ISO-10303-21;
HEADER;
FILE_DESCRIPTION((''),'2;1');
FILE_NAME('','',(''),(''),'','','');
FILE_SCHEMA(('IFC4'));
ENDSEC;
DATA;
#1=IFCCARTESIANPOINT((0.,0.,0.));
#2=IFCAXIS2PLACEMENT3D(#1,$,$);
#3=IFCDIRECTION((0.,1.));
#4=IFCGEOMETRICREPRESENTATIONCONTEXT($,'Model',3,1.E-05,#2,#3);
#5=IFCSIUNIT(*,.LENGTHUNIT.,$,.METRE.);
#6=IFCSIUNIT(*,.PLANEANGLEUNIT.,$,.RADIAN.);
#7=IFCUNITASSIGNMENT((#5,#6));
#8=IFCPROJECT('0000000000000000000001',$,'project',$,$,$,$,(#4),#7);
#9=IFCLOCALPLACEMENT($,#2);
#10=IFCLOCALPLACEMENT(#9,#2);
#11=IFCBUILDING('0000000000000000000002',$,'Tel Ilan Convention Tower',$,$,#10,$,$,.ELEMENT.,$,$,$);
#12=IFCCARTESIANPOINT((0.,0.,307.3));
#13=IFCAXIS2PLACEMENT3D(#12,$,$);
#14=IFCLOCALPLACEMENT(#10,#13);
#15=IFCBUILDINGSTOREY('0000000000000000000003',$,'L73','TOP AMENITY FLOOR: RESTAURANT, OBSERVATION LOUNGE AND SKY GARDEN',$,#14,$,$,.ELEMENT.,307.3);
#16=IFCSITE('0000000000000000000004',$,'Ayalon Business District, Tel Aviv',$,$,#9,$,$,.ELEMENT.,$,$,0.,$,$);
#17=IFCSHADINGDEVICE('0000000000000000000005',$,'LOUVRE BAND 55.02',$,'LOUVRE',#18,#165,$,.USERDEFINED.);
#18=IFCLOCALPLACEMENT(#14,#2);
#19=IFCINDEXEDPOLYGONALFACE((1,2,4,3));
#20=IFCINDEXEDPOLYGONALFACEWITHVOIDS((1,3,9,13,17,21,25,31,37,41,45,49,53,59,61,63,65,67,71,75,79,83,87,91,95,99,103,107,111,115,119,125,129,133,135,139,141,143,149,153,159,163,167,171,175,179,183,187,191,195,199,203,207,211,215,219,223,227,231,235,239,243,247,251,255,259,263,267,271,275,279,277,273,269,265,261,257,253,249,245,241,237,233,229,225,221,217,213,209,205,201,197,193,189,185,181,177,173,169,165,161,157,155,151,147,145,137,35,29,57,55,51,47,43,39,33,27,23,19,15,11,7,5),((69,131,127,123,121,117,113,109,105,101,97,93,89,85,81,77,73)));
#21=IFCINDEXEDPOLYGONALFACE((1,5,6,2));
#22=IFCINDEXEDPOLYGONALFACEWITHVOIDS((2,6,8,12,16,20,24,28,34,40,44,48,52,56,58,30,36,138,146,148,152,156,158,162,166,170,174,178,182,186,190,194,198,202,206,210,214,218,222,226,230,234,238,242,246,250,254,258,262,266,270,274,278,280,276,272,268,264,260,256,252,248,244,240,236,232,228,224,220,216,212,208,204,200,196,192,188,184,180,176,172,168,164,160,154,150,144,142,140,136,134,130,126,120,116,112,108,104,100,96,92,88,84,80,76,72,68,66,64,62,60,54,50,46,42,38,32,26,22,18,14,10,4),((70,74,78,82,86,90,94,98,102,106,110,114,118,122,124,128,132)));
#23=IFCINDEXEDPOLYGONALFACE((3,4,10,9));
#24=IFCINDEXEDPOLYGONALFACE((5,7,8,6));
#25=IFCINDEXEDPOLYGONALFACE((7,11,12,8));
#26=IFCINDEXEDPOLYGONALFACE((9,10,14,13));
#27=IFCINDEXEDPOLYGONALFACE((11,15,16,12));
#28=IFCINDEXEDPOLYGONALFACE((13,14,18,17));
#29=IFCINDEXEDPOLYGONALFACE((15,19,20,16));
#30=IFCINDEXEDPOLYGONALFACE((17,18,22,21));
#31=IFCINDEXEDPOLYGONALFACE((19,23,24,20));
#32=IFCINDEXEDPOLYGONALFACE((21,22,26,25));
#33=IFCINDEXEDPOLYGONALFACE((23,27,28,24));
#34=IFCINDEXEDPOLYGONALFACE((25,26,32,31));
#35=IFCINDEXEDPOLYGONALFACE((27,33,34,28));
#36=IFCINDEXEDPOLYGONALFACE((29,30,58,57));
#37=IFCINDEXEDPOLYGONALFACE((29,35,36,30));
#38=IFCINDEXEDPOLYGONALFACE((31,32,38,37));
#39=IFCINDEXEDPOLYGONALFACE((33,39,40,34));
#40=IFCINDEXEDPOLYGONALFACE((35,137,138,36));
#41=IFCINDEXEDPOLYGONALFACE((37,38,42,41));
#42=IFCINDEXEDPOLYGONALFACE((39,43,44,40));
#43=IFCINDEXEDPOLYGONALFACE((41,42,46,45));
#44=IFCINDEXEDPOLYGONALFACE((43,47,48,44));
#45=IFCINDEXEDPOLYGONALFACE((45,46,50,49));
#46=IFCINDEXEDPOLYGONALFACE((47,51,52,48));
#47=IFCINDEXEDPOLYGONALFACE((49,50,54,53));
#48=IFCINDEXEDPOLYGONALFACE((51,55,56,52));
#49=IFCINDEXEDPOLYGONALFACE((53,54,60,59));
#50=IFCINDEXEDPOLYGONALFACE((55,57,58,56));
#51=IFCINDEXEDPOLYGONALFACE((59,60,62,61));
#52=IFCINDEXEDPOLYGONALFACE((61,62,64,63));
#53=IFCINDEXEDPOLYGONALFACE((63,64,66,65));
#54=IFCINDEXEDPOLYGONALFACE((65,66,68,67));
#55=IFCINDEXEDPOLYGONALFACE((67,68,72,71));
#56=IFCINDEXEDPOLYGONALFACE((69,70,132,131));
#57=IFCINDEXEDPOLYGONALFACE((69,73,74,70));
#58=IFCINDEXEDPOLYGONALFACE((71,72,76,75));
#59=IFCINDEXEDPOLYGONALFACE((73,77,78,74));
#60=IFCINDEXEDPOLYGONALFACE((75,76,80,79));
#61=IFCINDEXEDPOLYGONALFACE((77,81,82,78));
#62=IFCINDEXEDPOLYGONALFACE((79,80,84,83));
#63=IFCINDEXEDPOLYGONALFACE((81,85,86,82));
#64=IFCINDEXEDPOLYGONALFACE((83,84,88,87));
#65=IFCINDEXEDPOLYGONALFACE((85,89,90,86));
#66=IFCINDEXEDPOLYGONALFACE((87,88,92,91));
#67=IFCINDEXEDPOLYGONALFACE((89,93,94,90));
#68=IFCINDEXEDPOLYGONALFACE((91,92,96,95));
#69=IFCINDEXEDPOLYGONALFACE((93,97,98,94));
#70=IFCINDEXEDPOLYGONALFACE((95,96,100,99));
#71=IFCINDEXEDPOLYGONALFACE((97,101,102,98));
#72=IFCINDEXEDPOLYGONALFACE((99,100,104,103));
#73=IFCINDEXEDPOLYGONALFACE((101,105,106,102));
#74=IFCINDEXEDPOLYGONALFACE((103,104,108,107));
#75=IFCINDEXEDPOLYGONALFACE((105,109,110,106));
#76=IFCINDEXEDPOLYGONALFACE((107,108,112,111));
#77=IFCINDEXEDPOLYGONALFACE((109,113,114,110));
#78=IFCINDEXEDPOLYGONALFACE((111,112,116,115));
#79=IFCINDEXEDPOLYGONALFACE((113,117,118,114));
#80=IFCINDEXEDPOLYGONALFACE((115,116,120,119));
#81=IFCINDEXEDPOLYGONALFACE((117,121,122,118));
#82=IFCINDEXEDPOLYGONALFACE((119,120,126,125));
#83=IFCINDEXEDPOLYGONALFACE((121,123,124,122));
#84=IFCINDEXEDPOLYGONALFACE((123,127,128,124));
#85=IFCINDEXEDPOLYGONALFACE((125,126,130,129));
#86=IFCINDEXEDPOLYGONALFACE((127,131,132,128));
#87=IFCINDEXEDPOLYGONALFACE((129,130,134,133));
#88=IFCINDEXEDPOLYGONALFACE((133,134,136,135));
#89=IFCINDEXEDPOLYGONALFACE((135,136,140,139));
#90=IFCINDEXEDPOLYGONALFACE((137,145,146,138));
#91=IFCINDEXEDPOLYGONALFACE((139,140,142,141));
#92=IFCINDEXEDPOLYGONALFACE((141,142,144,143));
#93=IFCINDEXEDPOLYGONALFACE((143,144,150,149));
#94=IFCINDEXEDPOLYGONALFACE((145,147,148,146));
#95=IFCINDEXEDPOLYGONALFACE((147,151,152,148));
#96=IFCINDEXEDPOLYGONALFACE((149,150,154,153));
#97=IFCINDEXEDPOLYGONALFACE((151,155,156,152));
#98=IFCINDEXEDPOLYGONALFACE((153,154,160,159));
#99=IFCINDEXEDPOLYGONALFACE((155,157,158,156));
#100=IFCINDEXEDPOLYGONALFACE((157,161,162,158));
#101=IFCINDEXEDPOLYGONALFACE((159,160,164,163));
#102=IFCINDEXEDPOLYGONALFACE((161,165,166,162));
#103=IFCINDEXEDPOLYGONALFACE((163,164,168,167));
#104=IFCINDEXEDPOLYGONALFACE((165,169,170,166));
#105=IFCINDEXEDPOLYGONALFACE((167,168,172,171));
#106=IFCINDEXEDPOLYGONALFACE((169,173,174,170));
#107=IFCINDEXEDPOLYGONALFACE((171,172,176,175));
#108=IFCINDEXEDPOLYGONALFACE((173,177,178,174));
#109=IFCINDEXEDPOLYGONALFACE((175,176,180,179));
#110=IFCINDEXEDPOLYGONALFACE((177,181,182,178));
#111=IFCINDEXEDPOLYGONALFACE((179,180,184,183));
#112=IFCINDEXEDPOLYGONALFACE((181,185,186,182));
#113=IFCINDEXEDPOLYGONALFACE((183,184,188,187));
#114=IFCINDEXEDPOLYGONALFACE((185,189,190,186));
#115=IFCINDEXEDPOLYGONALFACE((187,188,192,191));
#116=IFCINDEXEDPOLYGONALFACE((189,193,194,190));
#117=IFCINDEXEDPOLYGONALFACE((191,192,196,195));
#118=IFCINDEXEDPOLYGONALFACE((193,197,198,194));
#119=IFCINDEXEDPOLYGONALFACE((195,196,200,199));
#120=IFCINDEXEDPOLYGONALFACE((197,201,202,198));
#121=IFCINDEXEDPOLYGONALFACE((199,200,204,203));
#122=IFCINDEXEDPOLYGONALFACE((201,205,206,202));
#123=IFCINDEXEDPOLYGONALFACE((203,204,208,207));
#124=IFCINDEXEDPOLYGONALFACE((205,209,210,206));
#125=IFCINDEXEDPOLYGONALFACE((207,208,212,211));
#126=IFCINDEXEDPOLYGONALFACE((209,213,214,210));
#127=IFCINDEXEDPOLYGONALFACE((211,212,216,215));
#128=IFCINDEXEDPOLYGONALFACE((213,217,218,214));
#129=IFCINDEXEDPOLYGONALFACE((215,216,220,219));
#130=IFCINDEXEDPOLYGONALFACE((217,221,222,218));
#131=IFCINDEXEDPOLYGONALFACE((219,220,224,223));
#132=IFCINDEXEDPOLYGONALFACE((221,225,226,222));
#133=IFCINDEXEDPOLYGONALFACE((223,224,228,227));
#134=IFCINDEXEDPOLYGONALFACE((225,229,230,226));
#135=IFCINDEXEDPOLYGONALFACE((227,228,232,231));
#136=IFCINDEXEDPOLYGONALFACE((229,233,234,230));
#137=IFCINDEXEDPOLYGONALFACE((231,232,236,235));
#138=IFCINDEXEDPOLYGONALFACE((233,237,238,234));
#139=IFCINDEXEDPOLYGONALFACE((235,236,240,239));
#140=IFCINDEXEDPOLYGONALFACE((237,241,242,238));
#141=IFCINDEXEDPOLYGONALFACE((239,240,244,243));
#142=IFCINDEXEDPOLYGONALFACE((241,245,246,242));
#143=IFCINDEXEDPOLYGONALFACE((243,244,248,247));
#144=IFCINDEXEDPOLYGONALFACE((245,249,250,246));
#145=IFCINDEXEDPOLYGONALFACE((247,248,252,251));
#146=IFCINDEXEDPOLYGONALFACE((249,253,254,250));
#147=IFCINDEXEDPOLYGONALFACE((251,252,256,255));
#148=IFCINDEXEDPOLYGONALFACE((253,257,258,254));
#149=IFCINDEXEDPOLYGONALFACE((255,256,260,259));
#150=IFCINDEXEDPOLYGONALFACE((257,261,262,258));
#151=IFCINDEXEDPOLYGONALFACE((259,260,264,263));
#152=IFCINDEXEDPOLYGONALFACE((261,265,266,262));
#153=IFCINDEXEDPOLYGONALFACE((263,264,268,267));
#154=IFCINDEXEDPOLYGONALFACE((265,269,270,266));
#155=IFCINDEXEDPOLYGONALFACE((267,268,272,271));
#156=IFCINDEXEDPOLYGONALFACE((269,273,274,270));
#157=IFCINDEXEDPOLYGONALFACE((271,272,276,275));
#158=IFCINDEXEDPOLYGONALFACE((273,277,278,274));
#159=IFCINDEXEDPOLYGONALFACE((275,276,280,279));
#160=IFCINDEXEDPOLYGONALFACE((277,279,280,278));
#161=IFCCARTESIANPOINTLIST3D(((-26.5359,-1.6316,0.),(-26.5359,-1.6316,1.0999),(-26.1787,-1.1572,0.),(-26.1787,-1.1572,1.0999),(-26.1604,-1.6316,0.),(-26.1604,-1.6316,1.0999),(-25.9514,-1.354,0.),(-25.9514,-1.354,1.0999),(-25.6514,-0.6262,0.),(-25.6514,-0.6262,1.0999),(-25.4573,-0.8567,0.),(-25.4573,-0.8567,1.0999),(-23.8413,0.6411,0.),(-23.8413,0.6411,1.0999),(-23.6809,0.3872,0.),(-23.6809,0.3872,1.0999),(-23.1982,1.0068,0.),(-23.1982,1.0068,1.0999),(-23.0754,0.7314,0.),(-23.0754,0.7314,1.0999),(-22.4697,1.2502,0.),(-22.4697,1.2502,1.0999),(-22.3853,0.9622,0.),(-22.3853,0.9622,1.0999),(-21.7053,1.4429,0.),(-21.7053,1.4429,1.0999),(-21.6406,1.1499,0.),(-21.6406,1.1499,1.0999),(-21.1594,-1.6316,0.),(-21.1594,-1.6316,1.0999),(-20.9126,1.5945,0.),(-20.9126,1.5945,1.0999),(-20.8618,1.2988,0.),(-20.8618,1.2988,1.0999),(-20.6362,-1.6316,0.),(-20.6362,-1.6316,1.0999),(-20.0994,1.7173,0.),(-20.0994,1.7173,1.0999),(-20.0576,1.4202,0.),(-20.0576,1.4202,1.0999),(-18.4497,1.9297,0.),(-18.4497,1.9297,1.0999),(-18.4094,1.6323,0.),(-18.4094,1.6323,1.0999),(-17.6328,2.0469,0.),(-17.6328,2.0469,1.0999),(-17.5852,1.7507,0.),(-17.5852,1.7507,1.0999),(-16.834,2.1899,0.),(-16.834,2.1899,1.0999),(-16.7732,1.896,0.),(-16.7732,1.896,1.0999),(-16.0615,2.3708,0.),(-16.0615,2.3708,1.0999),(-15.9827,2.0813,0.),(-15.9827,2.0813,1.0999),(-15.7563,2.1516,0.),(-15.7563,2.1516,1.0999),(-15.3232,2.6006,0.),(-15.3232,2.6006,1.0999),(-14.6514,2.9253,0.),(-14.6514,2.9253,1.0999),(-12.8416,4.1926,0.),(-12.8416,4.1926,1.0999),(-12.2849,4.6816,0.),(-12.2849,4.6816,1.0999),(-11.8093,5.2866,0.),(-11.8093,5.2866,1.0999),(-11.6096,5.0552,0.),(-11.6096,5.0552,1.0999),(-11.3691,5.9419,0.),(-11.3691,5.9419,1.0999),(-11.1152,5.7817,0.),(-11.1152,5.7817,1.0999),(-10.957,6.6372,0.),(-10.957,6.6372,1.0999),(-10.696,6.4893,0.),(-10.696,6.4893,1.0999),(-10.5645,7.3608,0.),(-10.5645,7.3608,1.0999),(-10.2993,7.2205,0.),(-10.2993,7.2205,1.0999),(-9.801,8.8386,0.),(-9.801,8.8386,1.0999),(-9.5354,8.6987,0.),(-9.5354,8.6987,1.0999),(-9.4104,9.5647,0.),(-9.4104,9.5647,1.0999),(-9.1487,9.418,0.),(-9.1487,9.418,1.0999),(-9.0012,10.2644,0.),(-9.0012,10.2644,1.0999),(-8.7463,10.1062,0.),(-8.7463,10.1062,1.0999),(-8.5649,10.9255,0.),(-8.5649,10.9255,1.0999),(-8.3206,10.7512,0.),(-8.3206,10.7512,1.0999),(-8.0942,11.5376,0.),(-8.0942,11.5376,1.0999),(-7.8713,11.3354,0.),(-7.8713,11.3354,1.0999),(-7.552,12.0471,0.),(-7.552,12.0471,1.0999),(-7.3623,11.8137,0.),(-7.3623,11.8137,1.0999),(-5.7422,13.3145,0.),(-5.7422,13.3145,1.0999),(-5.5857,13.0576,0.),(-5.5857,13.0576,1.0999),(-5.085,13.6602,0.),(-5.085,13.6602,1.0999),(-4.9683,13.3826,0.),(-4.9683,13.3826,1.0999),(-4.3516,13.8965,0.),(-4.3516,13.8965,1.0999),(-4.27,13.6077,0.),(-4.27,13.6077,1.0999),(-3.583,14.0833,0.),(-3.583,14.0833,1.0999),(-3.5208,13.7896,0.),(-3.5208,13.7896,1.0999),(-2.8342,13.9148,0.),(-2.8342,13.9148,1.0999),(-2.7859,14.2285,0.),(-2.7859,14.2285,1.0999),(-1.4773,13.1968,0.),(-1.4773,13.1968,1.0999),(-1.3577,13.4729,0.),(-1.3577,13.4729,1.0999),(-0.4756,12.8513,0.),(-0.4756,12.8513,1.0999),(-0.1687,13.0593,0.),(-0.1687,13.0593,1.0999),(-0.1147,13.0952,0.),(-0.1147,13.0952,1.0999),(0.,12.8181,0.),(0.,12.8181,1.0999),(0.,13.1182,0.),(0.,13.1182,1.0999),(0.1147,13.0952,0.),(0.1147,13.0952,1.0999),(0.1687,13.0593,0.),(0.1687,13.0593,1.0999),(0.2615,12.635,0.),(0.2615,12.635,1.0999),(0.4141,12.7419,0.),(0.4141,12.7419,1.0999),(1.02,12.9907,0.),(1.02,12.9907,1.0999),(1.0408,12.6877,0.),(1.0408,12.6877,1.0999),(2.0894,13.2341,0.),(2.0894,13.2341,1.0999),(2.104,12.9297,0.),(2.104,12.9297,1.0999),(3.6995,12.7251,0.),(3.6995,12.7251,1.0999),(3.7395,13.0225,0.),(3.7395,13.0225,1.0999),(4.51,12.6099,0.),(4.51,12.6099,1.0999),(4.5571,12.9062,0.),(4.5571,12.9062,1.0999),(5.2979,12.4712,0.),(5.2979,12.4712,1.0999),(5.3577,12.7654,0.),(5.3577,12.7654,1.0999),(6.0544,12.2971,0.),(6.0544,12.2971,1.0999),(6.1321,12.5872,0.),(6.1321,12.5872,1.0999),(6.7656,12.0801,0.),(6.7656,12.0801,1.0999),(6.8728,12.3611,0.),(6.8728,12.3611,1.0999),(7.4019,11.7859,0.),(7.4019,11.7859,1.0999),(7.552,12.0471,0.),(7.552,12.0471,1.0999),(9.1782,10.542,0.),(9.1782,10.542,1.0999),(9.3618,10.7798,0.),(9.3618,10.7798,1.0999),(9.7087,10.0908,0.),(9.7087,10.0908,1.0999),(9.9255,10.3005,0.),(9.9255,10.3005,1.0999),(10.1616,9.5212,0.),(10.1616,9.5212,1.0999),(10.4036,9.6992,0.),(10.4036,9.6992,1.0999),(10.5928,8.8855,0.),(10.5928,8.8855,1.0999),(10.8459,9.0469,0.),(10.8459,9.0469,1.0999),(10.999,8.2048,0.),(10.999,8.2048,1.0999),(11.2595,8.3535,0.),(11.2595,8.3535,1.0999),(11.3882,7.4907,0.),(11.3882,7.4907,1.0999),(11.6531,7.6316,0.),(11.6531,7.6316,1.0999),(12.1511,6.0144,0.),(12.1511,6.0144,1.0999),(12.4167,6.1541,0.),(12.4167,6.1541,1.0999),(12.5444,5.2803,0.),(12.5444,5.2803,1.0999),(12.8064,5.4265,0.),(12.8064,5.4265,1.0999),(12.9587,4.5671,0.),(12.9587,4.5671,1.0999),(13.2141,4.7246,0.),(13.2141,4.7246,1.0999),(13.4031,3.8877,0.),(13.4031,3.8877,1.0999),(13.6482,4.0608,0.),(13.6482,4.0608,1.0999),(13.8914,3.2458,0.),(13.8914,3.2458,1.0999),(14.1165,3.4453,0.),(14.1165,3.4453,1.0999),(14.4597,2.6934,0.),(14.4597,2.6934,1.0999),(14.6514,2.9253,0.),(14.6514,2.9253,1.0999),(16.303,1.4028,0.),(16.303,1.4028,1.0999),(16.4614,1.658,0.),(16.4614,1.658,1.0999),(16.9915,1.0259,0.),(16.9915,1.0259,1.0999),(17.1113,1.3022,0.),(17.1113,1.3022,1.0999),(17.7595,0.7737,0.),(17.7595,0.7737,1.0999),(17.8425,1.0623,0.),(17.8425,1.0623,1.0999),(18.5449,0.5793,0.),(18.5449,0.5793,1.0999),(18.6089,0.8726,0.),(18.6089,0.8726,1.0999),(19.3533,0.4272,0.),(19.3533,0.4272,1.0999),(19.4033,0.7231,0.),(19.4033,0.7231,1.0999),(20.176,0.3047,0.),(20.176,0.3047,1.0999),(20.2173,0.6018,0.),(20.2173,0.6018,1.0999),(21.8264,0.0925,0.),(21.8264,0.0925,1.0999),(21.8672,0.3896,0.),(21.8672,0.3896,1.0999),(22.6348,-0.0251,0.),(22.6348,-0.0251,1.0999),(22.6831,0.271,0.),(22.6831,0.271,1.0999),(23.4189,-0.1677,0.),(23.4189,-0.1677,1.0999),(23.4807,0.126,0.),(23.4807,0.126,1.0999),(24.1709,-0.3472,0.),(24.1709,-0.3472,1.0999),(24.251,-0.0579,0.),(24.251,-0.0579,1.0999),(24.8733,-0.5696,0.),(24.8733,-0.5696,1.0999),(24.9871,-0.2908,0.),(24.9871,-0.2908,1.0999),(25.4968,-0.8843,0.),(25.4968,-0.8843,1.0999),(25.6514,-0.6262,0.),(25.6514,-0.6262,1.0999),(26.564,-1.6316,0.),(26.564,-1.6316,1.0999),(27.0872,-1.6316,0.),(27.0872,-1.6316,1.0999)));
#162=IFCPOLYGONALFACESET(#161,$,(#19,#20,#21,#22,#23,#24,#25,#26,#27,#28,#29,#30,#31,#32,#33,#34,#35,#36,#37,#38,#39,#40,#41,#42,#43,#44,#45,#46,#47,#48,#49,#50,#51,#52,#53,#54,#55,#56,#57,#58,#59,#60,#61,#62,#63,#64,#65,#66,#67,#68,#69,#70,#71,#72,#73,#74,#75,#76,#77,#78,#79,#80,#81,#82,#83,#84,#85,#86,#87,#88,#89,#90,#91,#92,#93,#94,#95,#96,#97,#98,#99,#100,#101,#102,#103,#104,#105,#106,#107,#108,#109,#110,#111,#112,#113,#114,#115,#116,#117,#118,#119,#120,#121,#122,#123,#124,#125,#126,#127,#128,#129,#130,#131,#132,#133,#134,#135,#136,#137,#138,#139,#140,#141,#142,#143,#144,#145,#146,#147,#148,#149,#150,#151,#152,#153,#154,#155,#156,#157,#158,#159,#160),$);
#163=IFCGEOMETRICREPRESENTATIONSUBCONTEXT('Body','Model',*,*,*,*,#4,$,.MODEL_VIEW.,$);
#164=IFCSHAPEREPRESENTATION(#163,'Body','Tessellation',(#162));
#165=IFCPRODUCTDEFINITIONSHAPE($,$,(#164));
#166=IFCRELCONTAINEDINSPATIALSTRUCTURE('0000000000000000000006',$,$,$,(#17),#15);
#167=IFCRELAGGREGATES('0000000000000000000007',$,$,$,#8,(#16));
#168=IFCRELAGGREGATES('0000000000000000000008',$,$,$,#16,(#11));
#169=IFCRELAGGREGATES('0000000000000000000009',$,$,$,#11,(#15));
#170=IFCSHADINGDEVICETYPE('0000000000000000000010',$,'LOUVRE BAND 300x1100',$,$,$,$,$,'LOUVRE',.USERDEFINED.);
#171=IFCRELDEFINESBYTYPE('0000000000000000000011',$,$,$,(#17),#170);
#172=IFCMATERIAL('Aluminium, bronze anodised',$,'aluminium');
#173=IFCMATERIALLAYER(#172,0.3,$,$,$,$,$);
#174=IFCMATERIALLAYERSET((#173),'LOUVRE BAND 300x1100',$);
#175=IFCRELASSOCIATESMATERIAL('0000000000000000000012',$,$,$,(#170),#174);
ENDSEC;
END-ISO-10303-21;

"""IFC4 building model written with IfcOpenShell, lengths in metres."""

from ifc_helpers import new_model, si_unit, direction, frame, origin, place, context, subcontext, project, spatial, polyline, outline, extrude, material, layer, layer_set, type_object, element, save


model = new_model("IFC4")

# Units and contexts
model_context = context("Model", 3, precision=1e-05, world=origin(), true_north=direction((0.0, 1.0)))
body_context = subcontext(model_context, "Body", "Model", "MODEL_VIEW")
ifc_project = project(units=[si_unit("LENGTHUNIT", "METRE"), si_unit("PLANEANGLEUNIT", "RADIAN")], contexts=[model_context])

# Site, building, storey
site_placement = place(None, origin())
site = spatial("IfcSite", under=ifc_project, at=site_placement, Name="Ayalon Business District, Tel Aviv", CompositionType="ELEMENT", RefElevation=0.0)
building_placement = place(site_placement, origin())
building = spatial("IfcBuilding", under=site, at=building_placement, Name="Tel Ilan Convention Tower", CompositionType="ELEMENT")
storey_placement = place(building_placement, frame((0.0, 0.0, 307.3)))
storey = spatial("IfcBuildingStorey", under=building, at=storey_placement, Name="L73", Description="TOP AMENITY FLOOR: RESTAURANT, OBSERVATION LOUNGE AND SKY GARDEN", CompositionType="ELEMENT", Elevation=307.3)

# Shading device
ifc_material_1 = material(Name="Aluminium, bronze anodised", Category="aluminium")
ifc_layer_1 = layer(ifc_material_1, 0.3)
ifc_layer_set_1 = layer_set([ifc_layer_1], Name="LOUVRE BAND 300x1100")
shading_device_type = type_object("IfcShadingDeviceType", Name="LOUVRE BAND 300x1100", ElementType="LOUVRE", PredefinedType="USERDEFINED", material=ifc_layer_set_1)
shading_device_1_placement = place(storey_placement, origin())
element("IfcShadingDevice", 1, at=shading_device_1_placement, inside=storey, type_object=shading_device_type, Name="LOUVRE BAND 55.02", ObjectType="LOUVRE", PredefinedType="USERDEFINED", context=body_context, shape_type="SweptSolid", body=[
    extrude(outline(polyline([(-26.1787, -1.1572), (-26.5359, -1.6316), (-26.1604, -1.6316), (-25.9514, -1.354), (-25.4573, -0.8567), (-23.6809, 0.3872), (-23.0754, 0.7314), (-22.3853, 0.9622), (-21.6406, 1.1499), (-20.8618, 1.2988), (-20.0576, 1.4202), (-18.4094, 1.6323), (-17.5852, 1.7507), (-16.7732, 1.896), (-15.9827, 2.0813), (-15.7563, 2.1516), (-21.1594, -1.6316), (-20.6362, -1.6316), (0.0, 12.8181), (0.2615, 12.635), (0.4141, 12.7419), (1.0408, 12.6877), (2.104, 12.9297), (3.6995, 12.7251), (4.51, 12.6099), (5.2979, 12.4712), (6.0544, 12.2971), (6.7656, 12.0801), (7.4019, 11.7859), (9.1782, 10.542), (9.7087, 10.0908), (10.1616, 9.5212), (10.5928, 8.8855), (10.999, 8.2048), (11.3882, 7.4907), (12.1511, 6.0144), (12.5444, 5.2803), (12.9587, 4.5671), (13.4031, 3.8877), (13.8914, 3.2458), (14.4597, 2.6934), (16.303, 1.4028), (16.9915, 1.0259), (17.7595, 0.7737), (18.5449, 0.5793), (19.3533, 0.4272), (20.176, 0.3047), (21.8264, 0.0925), (22.6348, -0.0251), (23.4189, -0.1677), (24.1709, -0.3472), (24.8733, -0.5696), (25.4968, -0.8843), (26.564, -1.6316), (27.0872, -1.6316), (25.6514, -0.6262), (24.9871, -0.2908), (24.251, -0.0579), (23.4807, 0.126), (22.6831, 0.271), (21.8672, 0.3896), (20.2173, 0.6018), (19.4033, 0.7231), (18.6089, 0.8726), (17.8425, 1.0623), (17.1113, 1.3022), (16.4614, 1.658), (14.6514, 2.9253), (14.1165, 3.4453), (13.6482, 4.0608), (13.2141, 4.7246), (12.8064, 5.4265), (12.4167, 6.1541), (11.6531, 7.6316), (11.2595, 8.3535), (10.8459, 9.0469), (10.4036, 9.6992), (9.9255, 10.3005), (9.3618, 10.7798), (7.552, 12.0471), (6.8728, 12.3611), (6.1321, 12.5872), (5.3577, 12.7654), (4.5571, 12.9062), (3.7395, 13.0225), (2.0894, 13.2341), (1.02, 12.9907), (0.1687, 13.0593), (0.1147, 13.0952), (0.0, 13.1182), (-0.1147, 13.0952), (-0.1687, 13.0593), (-1.3577, 13.4729), (-2.7859, 14.2285), (-3.583, 14.0833), (-4.3516, 13.8965), (-5.085, 13.6602), (-5.7422, 13.3145), (-7.552, 12.0471), (-8.0942, 11.5376), (-8.5649, 10.9255), (-9.0012, 10.2644), (-9.4104, 9.5647), (-9.801, 8.8386), (-10.5645, 7.3608), (-10.957, 6.6372), (-11.3691, 5.9419), (-11.8093, 5.2866), (-12.2849, 4.6816), (-12.8416, 4.1926), (-14.6514, 2.9253), (-15.3232, 2.6006), (-16.0615, 2.3708), (-16.834, 2.1899), (-17.6328, 2.0469), (-18.4497, 1.9297), (-20.0994, 1.7173), (-20.9126, 1.5945), (-21.7053, 1.4429), (-22.4697, 1.2502), (-23.1982, 1.0068), (-23.8413, 0.6411), (-25.6514, -0.6262), (-26.1787, -1.1572)]), holes=[polyline([(-11.6096, 5.0552), (-11.1152, 5.7817), (-10.696, 6.4893), (-10.2993, 7.2205), (-9.5354, 8.6987), (-9.1487, 9.418), (-8.7463, 10.1062), (-8.3206, 10.7512), (-7.8713, 11.3354), (-7.3623, 11.8137), (-5.5857, 13.0576), (-4.9683, 13.3826), (-4.27, 13.6077), (-3.5208, 13.7896), (-2.8342, 13.9148), (-1.4773, 13.1968), (-0.4756, 12.8513), (-11.6096, 5.0552)])]), origin(), (0.0, 0.0, 1.0), 1.0999),
])

save(model, "model.ifc")
